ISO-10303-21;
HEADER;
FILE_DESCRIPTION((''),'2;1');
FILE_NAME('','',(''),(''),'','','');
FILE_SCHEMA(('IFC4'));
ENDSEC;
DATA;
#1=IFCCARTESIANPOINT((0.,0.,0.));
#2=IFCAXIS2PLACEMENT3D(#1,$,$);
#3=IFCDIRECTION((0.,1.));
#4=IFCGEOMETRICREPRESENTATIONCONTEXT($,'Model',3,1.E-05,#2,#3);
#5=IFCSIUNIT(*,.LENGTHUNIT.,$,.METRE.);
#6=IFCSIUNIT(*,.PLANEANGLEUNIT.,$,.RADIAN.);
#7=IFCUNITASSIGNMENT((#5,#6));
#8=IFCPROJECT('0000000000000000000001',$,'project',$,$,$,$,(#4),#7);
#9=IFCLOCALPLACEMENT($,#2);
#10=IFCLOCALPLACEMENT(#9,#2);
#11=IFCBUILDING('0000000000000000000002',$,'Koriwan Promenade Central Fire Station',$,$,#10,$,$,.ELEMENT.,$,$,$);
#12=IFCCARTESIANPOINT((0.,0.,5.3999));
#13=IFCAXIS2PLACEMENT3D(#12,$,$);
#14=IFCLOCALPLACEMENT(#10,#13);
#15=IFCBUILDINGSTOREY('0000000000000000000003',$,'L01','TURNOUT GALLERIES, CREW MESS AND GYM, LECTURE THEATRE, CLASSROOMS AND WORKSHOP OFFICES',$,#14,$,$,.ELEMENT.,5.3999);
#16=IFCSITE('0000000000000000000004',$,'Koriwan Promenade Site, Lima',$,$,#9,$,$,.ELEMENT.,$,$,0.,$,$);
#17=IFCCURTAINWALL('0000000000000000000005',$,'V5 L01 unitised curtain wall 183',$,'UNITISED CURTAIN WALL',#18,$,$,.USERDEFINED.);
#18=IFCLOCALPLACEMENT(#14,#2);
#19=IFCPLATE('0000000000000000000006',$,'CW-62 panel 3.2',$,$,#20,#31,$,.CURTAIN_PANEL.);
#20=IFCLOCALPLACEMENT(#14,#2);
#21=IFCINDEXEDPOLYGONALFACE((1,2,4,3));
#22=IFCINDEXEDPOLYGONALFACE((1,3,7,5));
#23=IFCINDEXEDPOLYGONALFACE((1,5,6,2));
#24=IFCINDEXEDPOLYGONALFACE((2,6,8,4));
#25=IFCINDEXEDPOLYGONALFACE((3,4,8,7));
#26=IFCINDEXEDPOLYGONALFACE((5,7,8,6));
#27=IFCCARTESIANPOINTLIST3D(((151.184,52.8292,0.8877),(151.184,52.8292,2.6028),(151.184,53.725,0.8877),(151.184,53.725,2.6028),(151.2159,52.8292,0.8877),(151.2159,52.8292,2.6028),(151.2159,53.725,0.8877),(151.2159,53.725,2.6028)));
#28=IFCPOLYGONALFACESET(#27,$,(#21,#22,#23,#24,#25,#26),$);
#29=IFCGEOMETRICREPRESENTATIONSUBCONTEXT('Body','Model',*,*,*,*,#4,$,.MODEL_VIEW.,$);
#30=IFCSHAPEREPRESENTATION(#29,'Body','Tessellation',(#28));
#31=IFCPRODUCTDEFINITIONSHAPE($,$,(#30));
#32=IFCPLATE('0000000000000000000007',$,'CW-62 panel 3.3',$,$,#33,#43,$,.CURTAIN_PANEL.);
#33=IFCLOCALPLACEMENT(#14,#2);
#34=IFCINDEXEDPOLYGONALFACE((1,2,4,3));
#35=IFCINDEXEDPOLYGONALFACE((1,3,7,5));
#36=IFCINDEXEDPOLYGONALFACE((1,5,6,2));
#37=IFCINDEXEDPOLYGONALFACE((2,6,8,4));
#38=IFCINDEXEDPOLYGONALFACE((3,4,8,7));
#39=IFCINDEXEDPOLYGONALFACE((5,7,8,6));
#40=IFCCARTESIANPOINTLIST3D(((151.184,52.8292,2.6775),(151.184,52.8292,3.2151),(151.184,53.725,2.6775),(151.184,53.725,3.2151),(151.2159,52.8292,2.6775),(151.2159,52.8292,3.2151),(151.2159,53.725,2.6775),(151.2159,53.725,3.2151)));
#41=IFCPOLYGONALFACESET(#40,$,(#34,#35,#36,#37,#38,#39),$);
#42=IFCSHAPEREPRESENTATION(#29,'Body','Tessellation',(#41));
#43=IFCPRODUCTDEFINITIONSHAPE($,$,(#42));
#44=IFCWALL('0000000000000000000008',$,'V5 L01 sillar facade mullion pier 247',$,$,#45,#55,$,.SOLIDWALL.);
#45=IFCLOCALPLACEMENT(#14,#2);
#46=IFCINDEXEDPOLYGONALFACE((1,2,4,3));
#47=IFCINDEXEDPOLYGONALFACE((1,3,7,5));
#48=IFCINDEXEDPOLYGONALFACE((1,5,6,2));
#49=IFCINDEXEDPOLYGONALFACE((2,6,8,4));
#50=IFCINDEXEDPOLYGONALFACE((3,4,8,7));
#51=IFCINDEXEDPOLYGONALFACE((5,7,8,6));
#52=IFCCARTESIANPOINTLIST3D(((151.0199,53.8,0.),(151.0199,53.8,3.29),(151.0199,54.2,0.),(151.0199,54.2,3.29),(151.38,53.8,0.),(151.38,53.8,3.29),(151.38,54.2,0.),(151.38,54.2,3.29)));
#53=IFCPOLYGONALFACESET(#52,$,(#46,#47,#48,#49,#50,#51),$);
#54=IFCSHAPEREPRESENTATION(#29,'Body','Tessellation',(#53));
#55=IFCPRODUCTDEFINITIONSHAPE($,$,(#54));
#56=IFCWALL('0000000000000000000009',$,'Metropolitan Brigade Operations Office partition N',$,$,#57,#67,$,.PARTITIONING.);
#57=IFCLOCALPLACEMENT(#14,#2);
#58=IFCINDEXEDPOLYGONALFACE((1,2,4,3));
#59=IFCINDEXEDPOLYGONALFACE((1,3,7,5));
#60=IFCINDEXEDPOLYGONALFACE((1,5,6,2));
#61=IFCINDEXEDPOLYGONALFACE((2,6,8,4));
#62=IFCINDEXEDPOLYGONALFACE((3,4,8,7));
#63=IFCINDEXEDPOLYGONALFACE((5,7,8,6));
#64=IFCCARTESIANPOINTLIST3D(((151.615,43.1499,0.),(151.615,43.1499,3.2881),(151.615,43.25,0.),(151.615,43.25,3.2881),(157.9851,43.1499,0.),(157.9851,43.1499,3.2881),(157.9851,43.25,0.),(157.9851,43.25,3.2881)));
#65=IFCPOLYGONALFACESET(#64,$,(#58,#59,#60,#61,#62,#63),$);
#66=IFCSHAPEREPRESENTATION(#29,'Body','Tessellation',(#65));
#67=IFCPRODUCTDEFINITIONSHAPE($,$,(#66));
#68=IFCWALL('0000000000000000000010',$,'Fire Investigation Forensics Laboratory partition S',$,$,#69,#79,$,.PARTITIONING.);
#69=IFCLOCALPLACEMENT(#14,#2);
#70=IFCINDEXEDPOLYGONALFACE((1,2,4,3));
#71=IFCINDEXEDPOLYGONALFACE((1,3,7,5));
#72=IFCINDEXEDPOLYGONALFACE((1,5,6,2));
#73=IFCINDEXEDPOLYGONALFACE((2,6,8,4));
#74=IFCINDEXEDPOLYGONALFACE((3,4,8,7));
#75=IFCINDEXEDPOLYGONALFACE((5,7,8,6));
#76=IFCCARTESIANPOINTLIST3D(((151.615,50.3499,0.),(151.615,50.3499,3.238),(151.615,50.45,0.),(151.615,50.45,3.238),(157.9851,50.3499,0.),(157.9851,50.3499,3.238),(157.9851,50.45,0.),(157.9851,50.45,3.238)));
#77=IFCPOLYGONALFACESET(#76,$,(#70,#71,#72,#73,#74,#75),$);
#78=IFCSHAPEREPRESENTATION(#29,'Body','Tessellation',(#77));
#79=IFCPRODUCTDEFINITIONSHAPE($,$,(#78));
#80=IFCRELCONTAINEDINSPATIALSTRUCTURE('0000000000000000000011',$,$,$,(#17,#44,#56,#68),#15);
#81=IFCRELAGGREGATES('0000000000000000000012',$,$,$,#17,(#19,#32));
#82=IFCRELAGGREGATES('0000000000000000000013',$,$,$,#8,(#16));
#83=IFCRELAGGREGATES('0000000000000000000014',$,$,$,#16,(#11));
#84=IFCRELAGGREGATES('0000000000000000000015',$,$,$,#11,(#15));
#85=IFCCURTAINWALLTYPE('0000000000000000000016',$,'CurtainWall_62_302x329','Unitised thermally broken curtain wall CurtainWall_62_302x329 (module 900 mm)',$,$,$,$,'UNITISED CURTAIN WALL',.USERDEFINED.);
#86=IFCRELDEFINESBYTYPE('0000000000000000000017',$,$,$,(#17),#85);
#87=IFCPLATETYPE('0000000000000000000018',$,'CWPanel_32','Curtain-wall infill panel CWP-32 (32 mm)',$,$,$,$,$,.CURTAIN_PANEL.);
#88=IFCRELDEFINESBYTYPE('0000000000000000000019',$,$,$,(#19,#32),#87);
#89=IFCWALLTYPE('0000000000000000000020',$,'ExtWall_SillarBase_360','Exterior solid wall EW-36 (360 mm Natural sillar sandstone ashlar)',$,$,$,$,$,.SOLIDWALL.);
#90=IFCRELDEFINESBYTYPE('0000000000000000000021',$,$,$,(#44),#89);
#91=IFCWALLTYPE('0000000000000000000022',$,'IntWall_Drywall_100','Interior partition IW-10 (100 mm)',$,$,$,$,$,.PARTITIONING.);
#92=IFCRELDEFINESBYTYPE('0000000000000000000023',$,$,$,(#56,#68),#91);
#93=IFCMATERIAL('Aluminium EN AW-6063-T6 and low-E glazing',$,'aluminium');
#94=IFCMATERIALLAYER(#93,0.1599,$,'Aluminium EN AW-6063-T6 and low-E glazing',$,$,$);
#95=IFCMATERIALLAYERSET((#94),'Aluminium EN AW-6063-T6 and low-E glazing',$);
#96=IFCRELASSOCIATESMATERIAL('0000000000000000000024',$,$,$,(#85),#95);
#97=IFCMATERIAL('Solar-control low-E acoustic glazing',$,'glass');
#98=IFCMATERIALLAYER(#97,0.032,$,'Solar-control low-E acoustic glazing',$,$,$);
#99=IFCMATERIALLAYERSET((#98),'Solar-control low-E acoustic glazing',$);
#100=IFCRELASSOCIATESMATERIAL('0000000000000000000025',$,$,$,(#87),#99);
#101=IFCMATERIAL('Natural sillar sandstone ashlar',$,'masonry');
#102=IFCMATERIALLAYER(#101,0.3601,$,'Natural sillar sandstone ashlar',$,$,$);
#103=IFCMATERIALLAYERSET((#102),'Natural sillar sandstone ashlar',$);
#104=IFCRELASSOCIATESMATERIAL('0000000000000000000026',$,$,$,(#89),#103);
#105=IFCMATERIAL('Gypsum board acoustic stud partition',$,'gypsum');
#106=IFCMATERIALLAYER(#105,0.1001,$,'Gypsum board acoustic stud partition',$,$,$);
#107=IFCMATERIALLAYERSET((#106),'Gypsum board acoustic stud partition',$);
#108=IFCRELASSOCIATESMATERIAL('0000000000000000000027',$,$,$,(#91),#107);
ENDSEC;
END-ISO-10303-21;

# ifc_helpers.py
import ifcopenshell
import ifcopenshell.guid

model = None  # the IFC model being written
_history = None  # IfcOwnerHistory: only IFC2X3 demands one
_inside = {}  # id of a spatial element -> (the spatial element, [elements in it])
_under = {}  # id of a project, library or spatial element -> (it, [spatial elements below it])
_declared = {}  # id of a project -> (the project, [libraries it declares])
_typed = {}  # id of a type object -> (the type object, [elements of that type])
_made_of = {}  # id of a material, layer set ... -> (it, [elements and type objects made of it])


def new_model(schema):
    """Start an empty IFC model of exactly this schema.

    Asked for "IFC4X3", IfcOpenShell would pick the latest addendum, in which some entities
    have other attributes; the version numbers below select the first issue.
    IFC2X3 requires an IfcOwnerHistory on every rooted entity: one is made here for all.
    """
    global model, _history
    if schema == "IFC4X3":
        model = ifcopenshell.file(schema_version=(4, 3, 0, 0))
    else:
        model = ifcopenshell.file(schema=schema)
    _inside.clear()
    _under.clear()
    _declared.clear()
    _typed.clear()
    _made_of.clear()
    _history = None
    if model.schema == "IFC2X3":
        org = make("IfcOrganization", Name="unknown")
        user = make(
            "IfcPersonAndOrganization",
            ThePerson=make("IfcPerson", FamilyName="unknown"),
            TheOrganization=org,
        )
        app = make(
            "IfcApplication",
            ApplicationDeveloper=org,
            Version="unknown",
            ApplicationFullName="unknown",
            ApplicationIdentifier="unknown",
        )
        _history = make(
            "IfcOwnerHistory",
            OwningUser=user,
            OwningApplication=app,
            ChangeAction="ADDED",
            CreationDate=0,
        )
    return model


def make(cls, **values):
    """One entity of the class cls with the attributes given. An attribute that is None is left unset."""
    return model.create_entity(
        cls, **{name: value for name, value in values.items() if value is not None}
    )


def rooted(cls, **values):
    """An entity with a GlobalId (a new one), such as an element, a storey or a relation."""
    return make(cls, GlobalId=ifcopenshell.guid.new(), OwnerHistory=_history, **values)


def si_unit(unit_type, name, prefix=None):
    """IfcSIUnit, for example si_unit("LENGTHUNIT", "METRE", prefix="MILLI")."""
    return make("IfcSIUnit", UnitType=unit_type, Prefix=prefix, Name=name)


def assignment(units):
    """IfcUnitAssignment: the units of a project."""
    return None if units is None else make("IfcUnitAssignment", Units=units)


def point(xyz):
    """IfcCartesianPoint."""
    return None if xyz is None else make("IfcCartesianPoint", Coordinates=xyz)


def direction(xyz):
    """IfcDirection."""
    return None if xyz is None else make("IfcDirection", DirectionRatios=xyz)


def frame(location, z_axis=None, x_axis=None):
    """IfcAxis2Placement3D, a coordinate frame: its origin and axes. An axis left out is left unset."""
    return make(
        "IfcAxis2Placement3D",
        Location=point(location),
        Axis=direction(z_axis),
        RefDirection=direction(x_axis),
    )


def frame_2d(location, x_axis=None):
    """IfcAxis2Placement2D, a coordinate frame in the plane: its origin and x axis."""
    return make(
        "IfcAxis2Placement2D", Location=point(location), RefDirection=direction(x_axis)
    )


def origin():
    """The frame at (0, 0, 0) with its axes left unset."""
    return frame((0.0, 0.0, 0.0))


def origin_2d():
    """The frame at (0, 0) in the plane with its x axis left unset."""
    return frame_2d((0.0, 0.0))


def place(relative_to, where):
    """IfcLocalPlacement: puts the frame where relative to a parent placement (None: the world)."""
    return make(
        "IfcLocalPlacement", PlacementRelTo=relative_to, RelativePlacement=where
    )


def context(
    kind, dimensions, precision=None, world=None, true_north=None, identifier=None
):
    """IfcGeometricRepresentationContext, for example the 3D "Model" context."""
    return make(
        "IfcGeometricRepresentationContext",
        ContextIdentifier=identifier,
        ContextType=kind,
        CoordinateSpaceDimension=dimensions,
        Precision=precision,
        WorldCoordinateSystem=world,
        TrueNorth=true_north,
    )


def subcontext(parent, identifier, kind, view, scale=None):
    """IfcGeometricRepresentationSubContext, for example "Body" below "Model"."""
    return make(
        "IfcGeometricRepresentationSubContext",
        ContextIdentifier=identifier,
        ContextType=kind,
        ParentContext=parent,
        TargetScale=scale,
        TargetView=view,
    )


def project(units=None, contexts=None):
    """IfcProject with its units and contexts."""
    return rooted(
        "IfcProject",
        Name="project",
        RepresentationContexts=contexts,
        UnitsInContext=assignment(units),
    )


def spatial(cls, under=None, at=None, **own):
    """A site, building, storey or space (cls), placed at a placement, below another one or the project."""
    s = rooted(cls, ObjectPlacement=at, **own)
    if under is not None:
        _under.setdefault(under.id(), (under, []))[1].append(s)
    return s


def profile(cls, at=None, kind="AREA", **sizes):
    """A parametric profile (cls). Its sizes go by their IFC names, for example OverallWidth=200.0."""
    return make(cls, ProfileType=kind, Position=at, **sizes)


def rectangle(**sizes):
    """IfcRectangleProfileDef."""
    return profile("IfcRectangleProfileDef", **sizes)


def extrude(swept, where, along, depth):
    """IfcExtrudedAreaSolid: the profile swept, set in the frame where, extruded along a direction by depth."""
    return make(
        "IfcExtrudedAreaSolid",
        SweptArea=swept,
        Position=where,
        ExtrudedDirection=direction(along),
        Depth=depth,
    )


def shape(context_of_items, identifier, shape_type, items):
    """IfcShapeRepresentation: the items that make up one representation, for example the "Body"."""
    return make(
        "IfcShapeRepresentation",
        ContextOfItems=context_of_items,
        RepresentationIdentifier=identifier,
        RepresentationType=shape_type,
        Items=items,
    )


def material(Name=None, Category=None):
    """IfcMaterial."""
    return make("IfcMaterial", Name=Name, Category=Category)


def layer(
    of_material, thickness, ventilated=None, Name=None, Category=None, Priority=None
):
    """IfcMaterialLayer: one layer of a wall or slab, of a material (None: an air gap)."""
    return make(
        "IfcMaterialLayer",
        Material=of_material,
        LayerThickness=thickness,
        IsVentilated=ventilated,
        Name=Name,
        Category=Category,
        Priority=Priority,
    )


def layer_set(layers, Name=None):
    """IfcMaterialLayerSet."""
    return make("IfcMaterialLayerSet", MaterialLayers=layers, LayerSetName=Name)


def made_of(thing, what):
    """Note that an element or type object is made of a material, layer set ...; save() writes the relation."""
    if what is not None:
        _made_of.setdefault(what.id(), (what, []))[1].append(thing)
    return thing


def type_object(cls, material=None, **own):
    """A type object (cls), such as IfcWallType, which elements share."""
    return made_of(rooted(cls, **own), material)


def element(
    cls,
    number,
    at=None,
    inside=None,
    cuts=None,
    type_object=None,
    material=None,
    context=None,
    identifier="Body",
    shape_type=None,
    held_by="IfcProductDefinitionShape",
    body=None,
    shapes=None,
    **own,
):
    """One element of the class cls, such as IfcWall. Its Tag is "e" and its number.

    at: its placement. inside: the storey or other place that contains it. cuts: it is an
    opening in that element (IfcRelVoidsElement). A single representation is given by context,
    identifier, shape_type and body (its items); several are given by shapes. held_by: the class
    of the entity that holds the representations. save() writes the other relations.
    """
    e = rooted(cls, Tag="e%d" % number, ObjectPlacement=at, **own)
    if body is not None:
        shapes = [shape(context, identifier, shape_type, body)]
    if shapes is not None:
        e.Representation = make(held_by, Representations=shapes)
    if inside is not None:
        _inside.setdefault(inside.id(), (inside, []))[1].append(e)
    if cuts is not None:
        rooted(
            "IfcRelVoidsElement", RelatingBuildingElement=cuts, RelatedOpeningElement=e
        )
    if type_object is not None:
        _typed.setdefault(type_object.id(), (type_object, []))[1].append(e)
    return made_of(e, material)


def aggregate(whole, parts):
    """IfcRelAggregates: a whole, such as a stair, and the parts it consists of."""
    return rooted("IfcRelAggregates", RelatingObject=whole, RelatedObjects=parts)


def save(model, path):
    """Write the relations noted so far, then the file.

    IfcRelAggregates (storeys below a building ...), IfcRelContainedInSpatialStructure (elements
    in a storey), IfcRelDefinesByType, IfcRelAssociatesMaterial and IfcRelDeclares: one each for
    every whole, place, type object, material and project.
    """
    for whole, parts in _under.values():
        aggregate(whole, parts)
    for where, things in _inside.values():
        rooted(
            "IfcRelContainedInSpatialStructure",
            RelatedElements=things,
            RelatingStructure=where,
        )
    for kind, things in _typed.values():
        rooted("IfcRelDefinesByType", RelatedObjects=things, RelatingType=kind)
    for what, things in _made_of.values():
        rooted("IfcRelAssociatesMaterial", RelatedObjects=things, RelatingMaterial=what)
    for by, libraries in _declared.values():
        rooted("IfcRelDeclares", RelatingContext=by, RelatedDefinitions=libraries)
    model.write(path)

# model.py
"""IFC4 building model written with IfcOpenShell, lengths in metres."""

from ifc_helpers import new_model, si_unit, direction, frame, frame_2d, origin, origin_2d, place, context, subcontext, project, spatial, rectangle, extrude, material, layer, layer_set, type_object, element, aggregate, save


model = new_model("IFC4")

# Units and contexts
model_context = context("Model", 3, precision=1e-05, world=origin(), true_north=direction((0.0, 1.0)))
body_context = subcontext(model_context, "Body", "Model", "MODEL_VIEW")
ifc_project = project(units=[si_unit("LENGTHUNIT", "METRE"), si_unit("PLANEANGLEUNIT", "RADIAN")], contexts=[model_context])

# Site, building, storey
site_placement = place(None, origin())
site = spatial("IfcSite", under=ifc_project, at=site_placement, Name="Koriwan Promenade Site, Lima", CompositionType="ELEMENT", RefElevation=0.0)
building_placement = place(site_placement, origin())
building = spatial("IfcBuilding", under=site, at=building_placement, Name="Koriwan Promenade Central Fire Station", CompositionType="ELEMENT")
storey_placement = place(building_placement, frame((0.0, 0.0, 5.3999)))
storey = spatial("IfcBuildingStorey", under=building, at=storey_placement, Name="L01", Description="TURNOUT GALLERIES, CREW MESS AND GYM, LECTURE THEATRE, CLASSROOMS AND WORKSHOP OFFICES", CompositionType="ELEMENT", Elevation=5.3999)

# Curtain wall
ifc_material_1 = material(Name="Aluminium EN AW-6063-T6 and low-E glazing", Category="aluminium")
ifc_layer_1 = layer(ifc_material_1, 0.1599, Name="Aluminium EN AW-6063-T6 and low-E glazing")
ifc_layer_set_1 = layer_set([ifc_layer_1], Name="Aluminium EN AW-6063-T6 and low-E glazing")
curtain_wall_type_1 = type_object("IfcCurtainWallType", Name="CurtainWall_62_302x329", Description="Unitised thermally broken curtain wall CurtainWall_62_302x329 (module 900 mm)", ElementType="UNITISED CURTAIN WALL", PredefinedType="USERDEFINED", material=ifc_layer_set_1)
curtain_wall_1_placement = place(storey_placement, origin())
curtain_wall_1 = element("IfcCurtainWall", 1, at=curtain_wall_1_placement, inside=storey, type_object=curtain_wall_type_1, Name="V5 L01 unitised curtain wall 183", ObjectType="UNITISED CURTAIN WALL", PredefinedType="USERDEFINED")

# Plates
ifc_material_2 = material(Name="Solar-control low-E acoustic glazing", Category="glass")
ifc_layer_2 = layer(ifc_material_2, 0.032, Name="Solar-control low-E acoustic glazing")
ifc_layer_set_2 = layer_set([ifc_layer_2], Name="Solar-control low-E acoustic glazing")
plate_type = type_object("IfcPlateType", Name="CWPanel_32", Description="Curtain-wall infill panel CWP-32 (32 mm)", PredefinedType="CURTAIN_PANEL", material=ifc_layer_set_2)
plate_1_placement = place(storey_placement, frame((151.2, 53.2771, 0.8877), z_axis=(0.0, 0.0, 1.0), x_axis=(0.0, 1.0, 0.0)))
plate_1 = element("IfcPlate", 2, at=plate_1_placement, type_object=plate_type, Name="CW-62 panel 3.2", PredefinedType="CURTAIN_PANEL", context=body_context, shape_type="SweptSolid", body=[
    extrude(rectangle(XDim=0.8958, YDim=0.032, at=origin_2d()), origin(), (0.0, 0.0, 1.0), 1.7151),
])
plate_2_placement = place(storey_placement, frame((151.2, 53.2771, 2.6775), z_axis=(0.0, 0.0, 1.0), x_axis=(0.0, 1.0, 0.0)))
plate_2 = element("IfcPlate", 3, at=plate_2_placement, type_object=plate_type, Name="CW-62 panel 3.3", PredefinedType="CURTAIN_PANEL", context=body_context, shape_type="SweptSolid", body=[
    extrude(rectangle(XDim=0.8958, YDim=0.032, at=origin_2d()), origin(), (0.0, 0.0, 1.0), 0.5376),
])
aggregate(curtain_wall_1, [plate_1, plate_2])

# Walls
ifc_material_3 = material(Name="Natural sillar sandstone ashlar", Category="masonry")
ifc_layer_3 = layer(ifc_material_3, 0.3601, Name="Natural sillar sandstone ashlar")
ifc_layer_set_3 = layer_set([ifc_layer_3], Name="Natural sillar sandstone ashlar")
wall_type_1 = type_object("IfcWallType", Name="ExtWall_SillarBase_360", Description="Exterior solid wall EW-36 (360 mm Natural sillar sandstone ashlar)", PredefinedType="SOLIDWALL", material=ifc_layer_set_3)
wall_1_placement = place(storey_placement, frame((151.2, 53.8, 0.0), z_axis=(0.0, 0.0, 1.0), x_axis=(0.0, 1.0, 0.0)))
element("IfcWall", 4, at=wall_1_placement, inside=storey, type_object=wall_type_1, Name="V5 L01 sillar facade mullion pier 247", PredefinedType="SOLIDWALL", context=body_context, shape_type="SweptSolid", body=[
    extrude(rectangle(XDim=0.3999, YDim=0.3601, at=frame_2d((0.2, 0.0))), origin(), (0.0, 0.0, 1.0), 3.29),
])
ifc_material_4 = material(Name="Gypsum board acoustic stud partition", Category="gypsum")
ifc_layer_4 = layer(ifc_material_4, 0.1001, Name="Gypsum board acoustic stud partition")
ifc_layer_set_4 = layer_set([ifc_layer_4], Name="Gypsum board acoustic stud partition")
wall_type_2 = type_object("IfcWallType", Name="IntWall_Drywall_100", Description="Interior partition IW-10 (100 mm)", PredefinedType="PARTITIONING", material=ifc_layer_set_4)
wall_2_placement = place(storey_placement, frame((151.615, 43.2, 0.0), z_axis=(0.0, 0.0, 1.0), x_axis=(1.0, 0.0, 0.0)))
element("IfcWall", 5, at=wall_2_placement, inside=storey, type_object=wall_type_2, Name="Metropolitan Brigade Operations Office partition N", PredefinedType="PARTITIONING", context=body_context, shape_type="SweptSolid", body=[
    extrude(rectangle(XDim=6.3701, YDim=0.1001, at=frame_2d((3.1851, 0.0))), origin(), (0.0, 0.0, 1.0), 3.2881),
])
wall_3_placement = place(storey_placement, frame((151.615, 50.3999, 0.0), z_axis=(0.0, 0.0, 1.0), x_axis=(1.0, 0.0, 0.0)))
element("IfcWall", 6, at=wall_3_placement, inside=storey, type_object=wall_type_2, Name="Fire Investigation Forensics Laboratory partition S", PredefinedType="PARTITIONING", context=body_context, shape_type="SweptSolid", body=[
    extrude(rectangle(XDim=6.3701, YDim=0.1001, at=frame_2d((3.1851, 0.0))), origin(), (0.0, 0.0, 1.0), 3.238),
])

save(model, "model.ifc")
